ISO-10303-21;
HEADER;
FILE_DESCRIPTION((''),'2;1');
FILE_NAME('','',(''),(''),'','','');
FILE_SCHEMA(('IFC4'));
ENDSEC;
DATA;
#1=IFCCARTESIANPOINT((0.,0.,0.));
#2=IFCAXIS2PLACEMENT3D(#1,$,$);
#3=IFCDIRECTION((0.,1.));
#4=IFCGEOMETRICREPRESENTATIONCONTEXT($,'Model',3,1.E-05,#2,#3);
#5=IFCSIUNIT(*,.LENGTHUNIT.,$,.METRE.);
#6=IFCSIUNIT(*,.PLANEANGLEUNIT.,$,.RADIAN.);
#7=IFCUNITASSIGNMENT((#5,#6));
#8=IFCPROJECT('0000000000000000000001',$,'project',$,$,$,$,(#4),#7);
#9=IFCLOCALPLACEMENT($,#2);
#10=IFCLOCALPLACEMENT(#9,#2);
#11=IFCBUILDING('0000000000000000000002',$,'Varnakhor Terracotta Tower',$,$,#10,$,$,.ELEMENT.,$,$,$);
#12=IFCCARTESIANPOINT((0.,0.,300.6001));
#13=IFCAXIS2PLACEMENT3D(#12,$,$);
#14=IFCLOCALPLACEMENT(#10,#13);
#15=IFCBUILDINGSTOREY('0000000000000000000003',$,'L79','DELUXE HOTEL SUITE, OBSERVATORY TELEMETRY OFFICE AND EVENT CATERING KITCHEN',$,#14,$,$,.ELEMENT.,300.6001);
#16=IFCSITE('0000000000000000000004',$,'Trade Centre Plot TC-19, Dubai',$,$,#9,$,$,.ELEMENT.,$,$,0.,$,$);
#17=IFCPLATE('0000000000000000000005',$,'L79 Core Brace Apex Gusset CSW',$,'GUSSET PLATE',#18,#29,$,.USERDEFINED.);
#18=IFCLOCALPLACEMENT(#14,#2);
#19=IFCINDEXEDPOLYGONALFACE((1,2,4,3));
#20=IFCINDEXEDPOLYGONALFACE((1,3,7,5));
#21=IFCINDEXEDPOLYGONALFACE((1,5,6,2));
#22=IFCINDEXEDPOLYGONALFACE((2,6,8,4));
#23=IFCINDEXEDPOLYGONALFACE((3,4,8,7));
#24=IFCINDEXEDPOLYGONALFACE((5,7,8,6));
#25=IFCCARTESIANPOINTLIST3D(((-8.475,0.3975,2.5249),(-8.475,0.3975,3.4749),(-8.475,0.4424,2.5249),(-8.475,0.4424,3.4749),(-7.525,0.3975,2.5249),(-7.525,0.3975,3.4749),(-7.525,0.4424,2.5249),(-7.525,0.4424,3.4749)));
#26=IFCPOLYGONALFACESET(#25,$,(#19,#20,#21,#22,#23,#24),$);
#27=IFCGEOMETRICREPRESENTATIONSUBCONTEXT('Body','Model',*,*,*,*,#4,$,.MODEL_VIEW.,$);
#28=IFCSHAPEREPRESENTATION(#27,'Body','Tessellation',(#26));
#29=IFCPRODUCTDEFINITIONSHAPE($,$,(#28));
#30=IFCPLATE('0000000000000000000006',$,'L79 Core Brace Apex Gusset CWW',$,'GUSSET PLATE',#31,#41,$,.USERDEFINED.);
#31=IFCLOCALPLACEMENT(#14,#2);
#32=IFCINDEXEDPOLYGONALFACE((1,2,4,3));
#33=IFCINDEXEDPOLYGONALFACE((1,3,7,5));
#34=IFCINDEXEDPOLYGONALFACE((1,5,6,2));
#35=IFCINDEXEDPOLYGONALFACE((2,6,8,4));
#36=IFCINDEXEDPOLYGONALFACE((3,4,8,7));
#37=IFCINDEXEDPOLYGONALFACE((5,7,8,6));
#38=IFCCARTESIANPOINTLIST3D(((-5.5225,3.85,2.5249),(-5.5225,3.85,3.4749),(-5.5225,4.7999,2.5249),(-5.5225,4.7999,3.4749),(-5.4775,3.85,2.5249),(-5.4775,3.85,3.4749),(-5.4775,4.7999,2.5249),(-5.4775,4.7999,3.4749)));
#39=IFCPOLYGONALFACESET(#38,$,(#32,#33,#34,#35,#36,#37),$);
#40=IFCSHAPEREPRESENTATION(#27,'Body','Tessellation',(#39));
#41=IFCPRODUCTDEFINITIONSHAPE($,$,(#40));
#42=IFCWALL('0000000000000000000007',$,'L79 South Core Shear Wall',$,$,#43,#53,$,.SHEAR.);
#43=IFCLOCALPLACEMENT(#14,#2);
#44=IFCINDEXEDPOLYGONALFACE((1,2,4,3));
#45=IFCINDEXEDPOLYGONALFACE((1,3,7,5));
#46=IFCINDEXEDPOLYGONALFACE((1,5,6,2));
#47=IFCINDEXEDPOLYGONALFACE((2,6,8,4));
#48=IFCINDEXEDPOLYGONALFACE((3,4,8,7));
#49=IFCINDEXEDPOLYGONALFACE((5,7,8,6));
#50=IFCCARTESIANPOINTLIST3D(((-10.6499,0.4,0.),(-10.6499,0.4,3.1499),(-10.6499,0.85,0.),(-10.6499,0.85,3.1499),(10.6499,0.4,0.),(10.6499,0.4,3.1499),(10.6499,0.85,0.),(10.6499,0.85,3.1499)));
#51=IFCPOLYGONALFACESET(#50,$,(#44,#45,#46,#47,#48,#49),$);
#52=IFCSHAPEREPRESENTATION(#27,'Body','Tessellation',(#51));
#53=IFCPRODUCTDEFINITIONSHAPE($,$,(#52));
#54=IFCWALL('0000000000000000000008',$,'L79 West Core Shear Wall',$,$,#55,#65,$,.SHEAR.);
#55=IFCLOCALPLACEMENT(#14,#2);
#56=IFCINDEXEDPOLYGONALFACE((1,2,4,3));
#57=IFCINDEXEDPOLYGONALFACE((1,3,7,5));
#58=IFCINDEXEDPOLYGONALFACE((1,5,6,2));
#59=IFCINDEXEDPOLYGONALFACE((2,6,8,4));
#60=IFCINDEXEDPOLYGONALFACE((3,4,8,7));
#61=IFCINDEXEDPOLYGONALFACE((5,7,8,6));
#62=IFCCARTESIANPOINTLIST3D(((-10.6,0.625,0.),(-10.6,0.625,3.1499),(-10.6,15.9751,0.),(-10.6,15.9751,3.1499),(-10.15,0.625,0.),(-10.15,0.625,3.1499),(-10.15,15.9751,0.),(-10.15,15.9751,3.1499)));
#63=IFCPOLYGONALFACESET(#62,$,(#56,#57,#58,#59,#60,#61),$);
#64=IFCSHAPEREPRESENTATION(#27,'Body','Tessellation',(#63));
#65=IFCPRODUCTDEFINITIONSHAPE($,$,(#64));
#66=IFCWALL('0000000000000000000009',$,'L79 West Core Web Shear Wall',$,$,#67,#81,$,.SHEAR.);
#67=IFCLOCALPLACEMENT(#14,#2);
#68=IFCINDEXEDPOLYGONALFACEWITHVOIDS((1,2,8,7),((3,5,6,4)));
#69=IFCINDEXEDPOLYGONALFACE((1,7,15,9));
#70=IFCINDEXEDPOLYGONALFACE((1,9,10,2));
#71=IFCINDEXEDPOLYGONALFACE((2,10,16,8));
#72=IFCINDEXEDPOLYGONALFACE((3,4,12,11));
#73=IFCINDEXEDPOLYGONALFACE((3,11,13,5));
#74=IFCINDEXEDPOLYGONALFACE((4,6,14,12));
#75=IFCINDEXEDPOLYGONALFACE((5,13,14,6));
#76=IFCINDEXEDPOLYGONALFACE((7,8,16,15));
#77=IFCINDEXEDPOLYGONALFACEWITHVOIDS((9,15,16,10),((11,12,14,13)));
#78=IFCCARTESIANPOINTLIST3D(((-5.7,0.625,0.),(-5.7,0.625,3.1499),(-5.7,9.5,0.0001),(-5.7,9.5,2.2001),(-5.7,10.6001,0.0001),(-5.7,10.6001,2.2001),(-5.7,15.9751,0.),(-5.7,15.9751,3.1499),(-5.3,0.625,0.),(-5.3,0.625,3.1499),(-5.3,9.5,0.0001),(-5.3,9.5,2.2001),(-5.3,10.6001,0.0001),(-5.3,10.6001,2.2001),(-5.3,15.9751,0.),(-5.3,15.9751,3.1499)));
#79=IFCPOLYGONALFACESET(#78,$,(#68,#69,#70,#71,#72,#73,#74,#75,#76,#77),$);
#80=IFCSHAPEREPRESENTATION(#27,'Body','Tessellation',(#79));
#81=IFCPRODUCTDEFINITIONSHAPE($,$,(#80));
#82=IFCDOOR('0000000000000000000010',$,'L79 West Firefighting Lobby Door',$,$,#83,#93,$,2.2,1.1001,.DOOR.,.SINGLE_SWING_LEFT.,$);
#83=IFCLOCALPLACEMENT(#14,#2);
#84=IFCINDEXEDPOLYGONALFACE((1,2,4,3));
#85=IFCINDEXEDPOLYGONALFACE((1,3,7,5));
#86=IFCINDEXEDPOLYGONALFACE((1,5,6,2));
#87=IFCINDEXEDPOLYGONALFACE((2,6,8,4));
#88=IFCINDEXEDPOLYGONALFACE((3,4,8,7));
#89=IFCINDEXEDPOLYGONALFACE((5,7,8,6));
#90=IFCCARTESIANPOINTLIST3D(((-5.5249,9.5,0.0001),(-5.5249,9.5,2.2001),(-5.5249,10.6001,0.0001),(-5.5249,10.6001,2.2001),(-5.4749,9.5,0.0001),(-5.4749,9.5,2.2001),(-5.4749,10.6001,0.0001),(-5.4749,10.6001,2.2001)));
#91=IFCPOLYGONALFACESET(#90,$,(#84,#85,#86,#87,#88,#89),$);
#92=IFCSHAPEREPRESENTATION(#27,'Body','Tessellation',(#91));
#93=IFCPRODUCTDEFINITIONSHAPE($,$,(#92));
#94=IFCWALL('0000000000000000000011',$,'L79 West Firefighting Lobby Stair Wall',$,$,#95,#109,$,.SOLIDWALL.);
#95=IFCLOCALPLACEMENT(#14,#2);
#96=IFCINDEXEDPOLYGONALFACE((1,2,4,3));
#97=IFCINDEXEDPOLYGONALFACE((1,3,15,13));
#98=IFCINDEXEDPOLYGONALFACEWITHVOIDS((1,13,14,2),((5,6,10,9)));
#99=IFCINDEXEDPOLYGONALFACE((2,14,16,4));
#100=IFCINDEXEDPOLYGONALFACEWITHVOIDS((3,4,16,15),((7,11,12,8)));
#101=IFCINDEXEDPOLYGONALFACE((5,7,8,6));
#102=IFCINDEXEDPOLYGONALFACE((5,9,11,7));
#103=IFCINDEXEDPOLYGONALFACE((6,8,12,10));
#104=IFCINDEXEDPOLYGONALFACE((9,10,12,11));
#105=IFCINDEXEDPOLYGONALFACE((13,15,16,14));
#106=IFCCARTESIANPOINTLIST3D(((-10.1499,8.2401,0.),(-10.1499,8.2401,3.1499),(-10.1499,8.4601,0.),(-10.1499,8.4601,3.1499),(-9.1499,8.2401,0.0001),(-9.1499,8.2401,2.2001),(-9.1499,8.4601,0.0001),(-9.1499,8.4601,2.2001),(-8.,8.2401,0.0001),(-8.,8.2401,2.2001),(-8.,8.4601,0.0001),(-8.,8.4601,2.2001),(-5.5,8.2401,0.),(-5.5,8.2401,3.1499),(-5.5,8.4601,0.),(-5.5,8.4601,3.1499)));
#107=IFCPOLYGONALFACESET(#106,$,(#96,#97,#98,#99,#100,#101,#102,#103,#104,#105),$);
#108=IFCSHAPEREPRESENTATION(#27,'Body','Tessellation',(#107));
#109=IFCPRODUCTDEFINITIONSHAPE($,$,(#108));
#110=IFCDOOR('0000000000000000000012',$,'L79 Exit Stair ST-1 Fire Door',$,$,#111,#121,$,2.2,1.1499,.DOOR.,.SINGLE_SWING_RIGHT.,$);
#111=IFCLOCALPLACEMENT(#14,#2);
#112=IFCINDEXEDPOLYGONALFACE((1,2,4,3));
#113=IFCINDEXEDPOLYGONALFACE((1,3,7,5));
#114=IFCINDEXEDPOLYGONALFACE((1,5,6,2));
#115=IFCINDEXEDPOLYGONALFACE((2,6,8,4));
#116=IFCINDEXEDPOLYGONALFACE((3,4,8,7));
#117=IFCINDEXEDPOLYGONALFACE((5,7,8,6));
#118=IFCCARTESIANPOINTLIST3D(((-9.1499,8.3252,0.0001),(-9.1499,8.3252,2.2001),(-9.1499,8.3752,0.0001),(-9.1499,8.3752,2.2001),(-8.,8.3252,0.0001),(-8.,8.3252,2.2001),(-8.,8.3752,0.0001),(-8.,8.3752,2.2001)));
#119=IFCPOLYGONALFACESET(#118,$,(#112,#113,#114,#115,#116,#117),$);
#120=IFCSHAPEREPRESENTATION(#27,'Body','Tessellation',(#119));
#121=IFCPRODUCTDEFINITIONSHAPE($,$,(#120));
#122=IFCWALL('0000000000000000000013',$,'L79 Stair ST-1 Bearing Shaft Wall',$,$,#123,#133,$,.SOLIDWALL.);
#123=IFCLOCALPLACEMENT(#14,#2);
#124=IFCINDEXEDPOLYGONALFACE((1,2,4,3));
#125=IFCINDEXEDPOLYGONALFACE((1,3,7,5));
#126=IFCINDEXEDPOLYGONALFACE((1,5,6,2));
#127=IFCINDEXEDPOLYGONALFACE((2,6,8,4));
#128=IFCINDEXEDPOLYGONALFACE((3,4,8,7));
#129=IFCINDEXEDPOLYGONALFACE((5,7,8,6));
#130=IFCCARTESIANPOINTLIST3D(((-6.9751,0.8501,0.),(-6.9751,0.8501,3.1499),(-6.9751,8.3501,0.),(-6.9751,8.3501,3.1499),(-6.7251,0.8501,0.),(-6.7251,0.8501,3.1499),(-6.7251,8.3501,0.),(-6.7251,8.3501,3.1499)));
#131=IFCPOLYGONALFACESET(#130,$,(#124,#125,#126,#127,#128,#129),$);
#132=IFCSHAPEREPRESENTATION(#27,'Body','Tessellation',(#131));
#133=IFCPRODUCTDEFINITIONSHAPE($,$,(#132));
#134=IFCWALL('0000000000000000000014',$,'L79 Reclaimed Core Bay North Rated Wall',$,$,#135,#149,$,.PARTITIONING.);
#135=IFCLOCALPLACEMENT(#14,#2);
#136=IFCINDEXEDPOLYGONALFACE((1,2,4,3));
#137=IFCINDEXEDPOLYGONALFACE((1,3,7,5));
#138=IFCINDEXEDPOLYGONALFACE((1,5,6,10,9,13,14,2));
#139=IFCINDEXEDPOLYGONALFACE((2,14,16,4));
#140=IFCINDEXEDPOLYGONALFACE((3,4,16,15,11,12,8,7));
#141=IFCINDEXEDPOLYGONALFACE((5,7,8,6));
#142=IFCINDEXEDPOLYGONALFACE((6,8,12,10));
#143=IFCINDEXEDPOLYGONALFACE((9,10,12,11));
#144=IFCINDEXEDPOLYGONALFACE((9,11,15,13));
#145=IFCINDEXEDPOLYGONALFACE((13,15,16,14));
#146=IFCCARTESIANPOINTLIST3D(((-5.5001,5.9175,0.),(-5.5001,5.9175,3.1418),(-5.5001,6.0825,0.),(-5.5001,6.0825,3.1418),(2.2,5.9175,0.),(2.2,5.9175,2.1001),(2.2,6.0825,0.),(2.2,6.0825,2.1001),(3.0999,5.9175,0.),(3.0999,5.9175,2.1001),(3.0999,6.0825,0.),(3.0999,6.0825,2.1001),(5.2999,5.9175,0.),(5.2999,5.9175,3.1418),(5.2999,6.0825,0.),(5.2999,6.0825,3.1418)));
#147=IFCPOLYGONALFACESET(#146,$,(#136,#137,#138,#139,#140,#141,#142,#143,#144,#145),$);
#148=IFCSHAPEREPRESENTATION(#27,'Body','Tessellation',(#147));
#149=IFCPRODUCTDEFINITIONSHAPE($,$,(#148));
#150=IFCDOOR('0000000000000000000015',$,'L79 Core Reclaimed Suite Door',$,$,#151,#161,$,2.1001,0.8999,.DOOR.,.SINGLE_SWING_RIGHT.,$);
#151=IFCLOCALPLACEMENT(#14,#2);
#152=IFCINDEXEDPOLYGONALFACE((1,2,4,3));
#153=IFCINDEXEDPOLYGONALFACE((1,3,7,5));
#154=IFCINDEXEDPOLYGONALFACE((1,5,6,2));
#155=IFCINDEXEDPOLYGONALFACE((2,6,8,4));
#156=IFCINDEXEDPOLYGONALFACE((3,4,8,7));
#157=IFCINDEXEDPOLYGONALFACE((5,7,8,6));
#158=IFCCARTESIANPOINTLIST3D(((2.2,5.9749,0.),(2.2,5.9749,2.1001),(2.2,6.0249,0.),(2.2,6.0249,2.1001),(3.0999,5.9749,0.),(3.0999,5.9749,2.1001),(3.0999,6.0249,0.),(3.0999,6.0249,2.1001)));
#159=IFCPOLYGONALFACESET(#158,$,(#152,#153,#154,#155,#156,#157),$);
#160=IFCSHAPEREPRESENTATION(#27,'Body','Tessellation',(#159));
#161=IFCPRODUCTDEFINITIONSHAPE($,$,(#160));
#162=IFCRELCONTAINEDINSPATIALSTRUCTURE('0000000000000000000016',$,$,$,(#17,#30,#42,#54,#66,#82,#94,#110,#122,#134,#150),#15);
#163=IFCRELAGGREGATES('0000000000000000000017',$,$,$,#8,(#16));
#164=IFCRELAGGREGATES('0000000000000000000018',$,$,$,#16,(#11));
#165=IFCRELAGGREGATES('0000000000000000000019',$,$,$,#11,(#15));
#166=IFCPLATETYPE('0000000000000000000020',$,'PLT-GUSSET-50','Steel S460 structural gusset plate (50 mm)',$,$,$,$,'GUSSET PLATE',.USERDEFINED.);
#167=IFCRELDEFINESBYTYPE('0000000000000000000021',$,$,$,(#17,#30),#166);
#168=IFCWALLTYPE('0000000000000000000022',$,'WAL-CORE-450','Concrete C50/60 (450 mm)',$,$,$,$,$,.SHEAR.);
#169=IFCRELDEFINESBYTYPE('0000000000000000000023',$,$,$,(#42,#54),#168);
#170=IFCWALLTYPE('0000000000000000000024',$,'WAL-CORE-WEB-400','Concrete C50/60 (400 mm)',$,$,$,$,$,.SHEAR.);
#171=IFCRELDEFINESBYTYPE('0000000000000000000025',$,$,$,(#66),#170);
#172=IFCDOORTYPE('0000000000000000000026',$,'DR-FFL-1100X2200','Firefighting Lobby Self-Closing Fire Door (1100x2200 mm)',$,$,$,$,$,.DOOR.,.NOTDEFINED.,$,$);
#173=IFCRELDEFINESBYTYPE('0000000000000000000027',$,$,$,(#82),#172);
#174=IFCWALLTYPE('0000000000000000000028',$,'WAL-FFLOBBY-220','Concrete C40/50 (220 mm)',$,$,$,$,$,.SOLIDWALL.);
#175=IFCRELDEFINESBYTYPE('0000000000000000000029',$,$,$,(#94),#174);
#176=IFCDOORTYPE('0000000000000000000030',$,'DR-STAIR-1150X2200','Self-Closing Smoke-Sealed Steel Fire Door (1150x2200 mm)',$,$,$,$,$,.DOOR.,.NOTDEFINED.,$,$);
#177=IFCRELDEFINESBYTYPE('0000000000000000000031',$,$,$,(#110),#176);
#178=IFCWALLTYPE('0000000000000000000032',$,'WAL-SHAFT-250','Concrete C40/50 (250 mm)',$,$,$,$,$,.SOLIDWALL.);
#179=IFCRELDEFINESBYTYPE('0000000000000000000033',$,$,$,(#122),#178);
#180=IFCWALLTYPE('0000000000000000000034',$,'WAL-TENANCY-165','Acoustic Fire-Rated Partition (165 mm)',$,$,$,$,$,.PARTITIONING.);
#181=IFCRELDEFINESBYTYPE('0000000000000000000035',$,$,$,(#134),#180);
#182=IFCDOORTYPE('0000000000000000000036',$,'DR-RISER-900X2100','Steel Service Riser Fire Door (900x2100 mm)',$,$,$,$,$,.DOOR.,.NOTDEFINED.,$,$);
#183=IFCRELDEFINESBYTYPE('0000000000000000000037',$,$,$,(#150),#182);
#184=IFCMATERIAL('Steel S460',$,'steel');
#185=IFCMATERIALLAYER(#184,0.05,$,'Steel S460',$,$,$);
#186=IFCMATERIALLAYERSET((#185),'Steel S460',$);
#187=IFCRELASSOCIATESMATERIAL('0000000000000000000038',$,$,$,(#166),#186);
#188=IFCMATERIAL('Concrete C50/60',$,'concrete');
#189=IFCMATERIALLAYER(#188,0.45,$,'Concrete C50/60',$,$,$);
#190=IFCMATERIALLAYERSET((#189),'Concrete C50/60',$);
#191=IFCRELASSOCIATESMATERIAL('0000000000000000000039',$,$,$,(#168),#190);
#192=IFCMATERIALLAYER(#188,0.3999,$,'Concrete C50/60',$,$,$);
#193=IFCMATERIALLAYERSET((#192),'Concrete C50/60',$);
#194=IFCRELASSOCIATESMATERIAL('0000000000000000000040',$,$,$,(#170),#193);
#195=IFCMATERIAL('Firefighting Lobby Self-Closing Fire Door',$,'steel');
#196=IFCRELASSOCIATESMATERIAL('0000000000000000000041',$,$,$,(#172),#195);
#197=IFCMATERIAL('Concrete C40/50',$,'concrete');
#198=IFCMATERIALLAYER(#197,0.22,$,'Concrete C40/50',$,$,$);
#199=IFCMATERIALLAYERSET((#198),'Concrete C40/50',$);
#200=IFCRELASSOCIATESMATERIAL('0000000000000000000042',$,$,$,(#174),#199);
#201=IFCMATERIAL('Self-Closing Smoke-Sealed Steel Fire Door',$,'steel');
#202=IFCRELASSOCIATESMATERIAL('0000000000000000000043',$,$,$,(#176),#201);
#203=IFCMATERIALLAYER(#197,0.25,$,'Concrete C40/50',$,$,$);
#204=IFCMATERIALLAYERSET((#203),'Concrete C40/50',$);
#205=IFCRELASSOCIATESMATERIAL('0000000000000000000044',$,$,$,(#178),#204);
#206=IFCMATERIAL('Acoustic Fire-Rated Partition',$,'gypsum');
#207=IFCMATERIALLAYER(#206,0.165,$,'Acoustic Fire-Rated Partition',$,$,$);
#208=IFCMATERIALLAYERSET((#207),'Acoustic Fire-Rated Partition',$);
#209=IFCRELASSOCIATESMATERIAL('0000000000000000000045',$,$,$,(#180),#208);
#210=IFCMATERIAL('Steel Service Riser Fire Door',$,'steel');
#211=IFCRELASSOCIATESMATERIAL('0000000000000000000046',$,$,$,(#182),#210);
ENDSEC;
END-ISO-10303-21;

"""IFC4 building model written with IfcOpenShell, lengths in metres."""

from ifc_helpers import new_model, si_unit, direction, frame, frame_2d, origin, origin_2d, place, context, subcontext, project, spatial, rectangle, extrude, source, transform, mapped, material, layer, layer_set, type_object, type_shapes, element, fill, save


model = new_model("IFC4")

# Units and contexts
model_context = context("Model", 3, precision=1e-05, world=origin(), true_north=direction((0.0, 1.0)))
body_context = subcontext(model_context, "Body", "Model", "MODEL_VIEW")
ifc_project = project(units=[si_unit("LENGTHUNIT", "METRE"), si_unit("PLANEANGLEUNIT", "RADIAN")], contexts=[model_context])

# Site, building, storey
site_placement = place(None, origin())
site = spatial("IfcSite", under=ifc_project, at=site_placement, Name="Trade Centre Plot TC-19, Dubai", CompositionType="ELEMENT", RefElevation=0.0)
building_placement = place(site_placement, origin())
building = spatial("IfcBuilding", under=site, at=building_placement, Name="Varnakhor Terracotta Tower", CompositionType="ELEMENT")
storey_placement = place(building_placement, frame((0.0, 0.0, 300.6001)))
storey = spatial("IfcBuildingStorey", under=building, at=storey_placement, Name="L79", Description="DELUXE HOTEL SUITE, OBSERVATORY TELEMETRY OFFICE AND EVENT CATERING KITCHEN", CompositionType="ELEMENT", Elevation=300.6001)

# Shared definitions
ifc_material_1 = material(Name="Concrete C50/60", Category="concrete")

# Plates
ifc_material_2 = material(Name="Steel S460", Category="steel")
ifc_layer_1 = layer(ifc_material_2, 0.05, Name="Steel S460")
ifc_layer_set_1 = layer_set([ifc_layer_1], Name="Steel S460")
plate_type = type_object("IfcPlateType", Name="PLT-GUSSET-50", Description="Steel S460 structural gusset plate (50 mm)", ElementType="GUSSET PLATE", PredefinedType="USERDEFINED", material=ifc_layer_set_1)
shared_shape_1 = source(origin(), body_context, "Body", "SweptSolid", [
    extrude(rectangle(XDim=0.95, YDim=0.0449, at=origin_2d()), origin(), (0.0, 0.0, 1.0), 0.95),
])
for number, where, z_axis, x_axis, name in (
    (1, (-8.0, 0.4199, 2.5249), (0.0, 0.0, 1.0), (1.0, 0.0, 0.0), "L79 Core Brace Apex Gusset CSW"),
    (2, (-5.5, 4.325, 2.5249), (0.0, 0.0, 1.0), (0.0, 1.0, 0.0), "L79 Core Brace Apex Gusset CWW"),
):
    element("IfcPlate", number, at=place(storey_placement, frame(where, z_axis=z_axis, x_axis=x_axis)), inside=storey, type_object=plate_type, Name=name, ObjectType="GUSSET PLATE", PredefinedType="USERDEFINED", context=body_context, shape_type="MappedRepresentation", body=[
        mapped(shared_shape_1, transform((0.0, 0.0, 0.0), scale=1.0)),
    ])

# Walls
ifc_layer_2 = layer(ifc_material_1, 0.45, Name="Concrete C50/60")
ifc_layer_set_2 = layer_set([ifc_layer_2], Name="Concrete C50/60")
wall_type_1 = type_object("IfcWallType", Name="WAL-CORE-450", Description="Concrete C50/60 (450 mm)", PredefinedType="SHEAR", material=ifc_layer_set_2)
wall_1_placement = place(storey_placement, frame((-10.6499, 0.625, 0.0), z_axis=(0.0, 0.0, 1.0), x_axis=(1.0, 0.0, 0.0)))
element("IfcWall", 3, at=wall_1_placement, inside=storey, type_object=wall_type_1, Name="L79 South Core Shear Wall", PredefinedType="SHEAR", context=body_context, shape_type="SweptSolid", body=[
    extrude(rectangle(XDim=21.2998, YDim=0.45, at=frame_2d((10.6499, 0.0))), origin(), (0.0, 0.0, 1.0), 3.1499),
])
wall_2_placement = place(storey_placement, frame((-10.375, 0.625, 0.0), z_axis=(0.0, 0.0, 1.0), x_axis=(0.0, 1.0, 0.0)))
element("IfcWall", 4, at=wall_2_placement, inside=storey, type_object=wall_type_1, Name="L79 West Core Shear Wall", PredefinedType="SHEAR", context=body_context, shape_type="SweptSolid", body=[
    extrude(rectangle(XDim=15.3501, YDim=0.45, at=frame_2d((7.675, 0.0))), origin(), (0.0, 0.0, 1.0), 3.1499),
])

# Walls, openings, doors
ifc_layer_3 = layer(ifc_material_1, 0.3999, Name="Concrete C50/60")
ifc_layer_set_3 = layer_set([ifc_layer_3], Name="Concrete C50/60")
wall_type_2 = type_object("IfcWallType", Name="WAL-CORE-WEB-400", Description="Concrete C50/60 (400 mm)", PredefinedType="SHEAR", material=ifc_layer_set_3)
wall_3_placement = place(storey_placement, frame((-5.5, 0.625, 0.0), z_axis=(0.0, 0.0, 1.0), x_axis=(0.0, 1.0, 0.0)))
wall_3 = element("IfcWall", 5, at=wall_3_placement, inside=storey, type_object=wall_type_2, Name="L79 West Core Web Shear Wall", PredefinedType="SHEAR", context=body_context, shape_type="SweptSolid", body=[
    extrude(rectangle(XDim=15.3501, YDim=0.3999, at=frame_2d((7.675, 0.0))), origin(), (0.0, 0.0, 1.0), 3.1499),
])
opening_1_placement = place(wall_3_placement, frame((8.875, 0.0, 0.0)))
opening_1 = element("IfcOpeningElement", 6, at=opening_1_placement, cuts=wall_3, PredefinedType="OPENING", context=body_context, shape_type="SweptSolid", body=[
    extrude(rectangle(XDim=1.1001, YDim=2.2, at=frame_2d((0.55, 1.1001))), frame((0.0, 0.21, 0.0), z_axis=(0.0, -1.0, 0.0), x_axis=(1.0, 0.0, 0.0)), (0.0, 0.0, 1.0), 0.4199),
])
ifc_material_3 = material(Name="Firefighting Lobby Self-Closing Fire Door", Category="steel")
door_type_1 = type_object("IfcDoorType", Name="DR-FFL-1100X2200", Description="Firefighting Lobby Self-Closing Fire Door (1100x2200 mm)", OperationType="NOTDEFINED", PredefinedType="DOOR", material=ifc_material_3)
shared_shape_2 = source(origin(), body_context, "Body", "SweptSolid", [
    extrude(rectangle(XDim=1.1001, YDim=2.2, at=frame_2d((0.55, 1.1001))), frame((0.0, 0.0249, 0.0), z_axis=(0.0, -1.0, 0.0), x_axis=(1.0, 0.0, 0.0)), (0.0, 0.0, 1.0), 0.05),
])
type_shapes(door_type_1, [shared_shape_2])
door_1_placement = place(opening_1_placement, origin())
door_1 = element("IfcDoor", 7, at=door_1_placement, inside=storey, type_object=door_type_1, Name="L79 West Firefighting Lobby Door", OperationType="SINGLE_SWING_LEFT", OverallHeight=2.2, OverallWidth=1.1001, PredefinedType="DOOR", context=body_context, shape_type="MappedRepresentation", body=[
    mapped(shared_shape_2, transform((0.0, 0.0, 0.0), scale=1.0)),
])
fill(opening_1, door_1)
ifc_material_4 = material(Name="Concrete C40/50", Category="concrete")
ifc_layer_4 = layer(ifc_material_4, 0.22, Name="Concrete C40/50")
ifc_layer_set_4 = layer_set([ifc_layer_4], Name="Concrete C40/50")
wall_type_3 = type_object("IfcWallType", Name="WAL-FFLOBBY-220", Description="Concrete C40/50 (220 mm)", PredefinedType="SOLIDWALL", material=ifc_layer_set_4)
wall_4_placement = place(storey_placement, frame((-5.5, 8.3501, 0.0), z_axis=(0.0, 0.0, 1.0), x_axis=(-1.0, 0.0, 0.0)))
wall_4 = element("IfcWall", 8, at=wall_4_placement, inside=storey, type_object=wall_type_3, Name="L79 West Firefighting Lobby Stair Wall", PredefinedType="SOLIDWALL", context=body_context, shape_type="SweptSolid", body=[
    extrude(rectangle(XDim=4.6499, YDim=0.22, at=frame_2d((2.325, 0.0))), origin(), (0.0, 0.0, 1.0), 3.1499),
])
opening_2_placement = place(wall_4_placement, frame((2.5, 0.0, 0.0)))
opening_2 = element("IfcOpeningElement", 9, at=opening_2_placement, cuts=wall_4, PredefinedType="OPENING", context=body_context, shape_type="SweptSolid", body=[
    extrude(rectangle(XDim=1.1499, YDim=2.2, at=frame_2d((0.575, 1.1001))), frame((0.0, 0.1201, 0.0), z_axis=(0.0, -1.0, 0.0), x_axis=(1.0, 0.0, 0.0)), (0.0, 0.0, 1.0), 0.24),
])
ifc_material_5 = material(Name="Self-Closing Smoke-Sealed Steel Fire Door", Category="steel")
door_type_2 = type_object("IfcDoorType", Name="DR-STAIR-1150X2200", Description="Self-Closing Smoke-Sealed Steel Fire Door (1150x2200 mm)", OperationType="NOTDEFINED", PredefinedType="DOOR", material=ifc_material_5)
shared_shape_3 = source(origin(), body_context, "Body", "SweptSolid", [
    extrude(rectangle(XDim=1.1499, YDim=2.2, at=frame_2d((0.575, 1.1001))), frame((0.0, 0.0249, 0.0), z_axis=(0.0, -1.0, 0.0), x_axis=(1.0, 0.0, 0.0)), (0.0, 0.0, 1.0), 0.05),
])
type_shapes(door_type_2, [shared_shape_3])
door_2_placement = place(opening_2_placement, origin())
door_2 = element("IfcDoor", 10, at=door_2_placement, inside=storey, type_object=door_type_2, Name="L79 Exit Stair ST-1 Fire Door", OperationType="SINGLE_SWING_RIGHT", OverallHeight=2.2, OverallWidth=1.1499, PredefinedType="DOOR", context=body_context, shape_type="MappedRepresentation", body=[
    mapped(shared_shape_3, transform((0.0, 0.0, 0.0), scale=1.0)),
])
fill(opening_2, door_2)

# Wall
ifc_layer_5 = layer(ifc_material_4, 0.25, Name="Concrete C40/50")
ifc_layer_set_5 = layer_set([ifc_layer_5], Name="Concrete C40/50")
wall_type_4 = type_object("IfcWallType", Name="WAL-SHAFT-250", Description="Concrete C40/50 (250 mm)", PredefinedType="SOLIDWALL", material=ifc_layer_set_5)
wall_5_placement = place(storey_placement, frame((-6.8501, 0.8501, 0.0), z_axis=(0.0, 0.0, 1.0), x_axis=(0.0, 1.0, 0.0)))
element("IfcWall", 11, at=wall_5_placement, inside=storey, type_object=wall_type_4, Name="L79 Stair ST-1 Bearing Shaft Wall", PredefinedType="SOLIDWALL", context=body_context, shape_type="SweptSolid", body=[
    extrude(rectangle(XDim=7.5, YDim=0.25, at=frame_2d((3.75, 0.0))), origin(), (0.0, 0.0, 1.0), 3.1499),
])

# Wall, opening, door
ifc_material_6 = material(Name="Acoustic Fire-Rated Partition", Category="gypsum")
ifc_layer_6 = layer(ifc_material_6, 0.165, Name="Acoustic Fire-Rated Partition")
ifc_layer_set_6 = layer_set([ifc_layer_6], Name="Acoustic Fire-Rated Partition")
wall_type_5 = type_object("IfcWallType", Name="WAL-TENANCY-165", Description="Acoustic Fire-Rated Partition (165 mm)", PredefinedType="PARTITIONING", material=ifc_layer_set_6)
wall_6_placement = place(storey_placement, frame((-5.5, 6.0, 0.0), z_axis=(0.0, 0.0, 1.0), x_axis=(1.0, 0.0, 0.0)))
wall_6 = element("IfcWall", 12, at=wall_6_placement, inside=storey, type_object=wall_type_5, Name="L79 Reclaimed Core Bay North Rated Wall", PredefinedType="PARTITIONING", context=body_context, shape_type="SweptSolid", body=[
    extrude(rectangle(XDim=10.8, YDim=0.165, at=frame_2d((5.3999, 0.0))), origin(), (0.0, 0.0, 1.0), 3.1418),
])
opening_3_placement = place(wall_6_placement, frame((7.7, 0.0, 0.0)))
opening_3 = element("IfcOpeningElement", 13, at=opening_3_placement, cuts=wall_6, PredefinedType="OPENING", context=body_context, shape_type="SweptSolid", body=[
    extrude(rectangle(XDim=0.8999, YDim=2.1001, at=frame_2d((0.45, 1.05))), frame((0.0, 0.0925, 0.0), z_axis=(0.0, -1.0, 0.0), x_axis=(1.0, 0.0, 0.0)), (0.0, 0.0, 1.0), 0.1851),
])
ifc_material_7 = material(Name="Steel Service Riser Fire Door", Category="steel")
door_type_3 = type_object("IfcDoorType", Name="DR-RISER-900X2100", Description="Steel Service Riser Fire Door (900x2100 mm)", OperationType="NOTDEFINED", PredefinedType="DOOR", material=ifc_material_7)
shared_shape_4 = source(origin(), body_context, "Body", "SweptSolid", [
    extrude(rectangle(XDim=0.8999, YDim=2.1001, at=frame_2d((0.45, 1.05))), frame((0.0, 0.0249, 0.0), z_axis=(0.0, -1.0, 0.0), x_axis=(1.0, 0.0, 0.0)), (0.0, 0.0, 1.0), 0.05),
])
type_shapes(door_type_3, [shared_shape_4])
door_3_placement = place(opening_3_placement, origin())
door_3 = element("IfcDoor", 14, at=door_3_placement, inside=storey, type_object=door_type_3, Name="L79 Core Reclaimed Suite Door", OperationType="SINGLE_SWING_RIGHT", OverallHeight=2.1001, OverallWidth=0.8999, PredefinedType="DOOR", context=body_context, shape_type="MappedRepresentation", body=[
    mapped(shared_shape_4, transform((0.0, 0.0, 0.0), scale=1.0)),
])
fill(opening_3, door_3)

save(model, "model.ifc")
